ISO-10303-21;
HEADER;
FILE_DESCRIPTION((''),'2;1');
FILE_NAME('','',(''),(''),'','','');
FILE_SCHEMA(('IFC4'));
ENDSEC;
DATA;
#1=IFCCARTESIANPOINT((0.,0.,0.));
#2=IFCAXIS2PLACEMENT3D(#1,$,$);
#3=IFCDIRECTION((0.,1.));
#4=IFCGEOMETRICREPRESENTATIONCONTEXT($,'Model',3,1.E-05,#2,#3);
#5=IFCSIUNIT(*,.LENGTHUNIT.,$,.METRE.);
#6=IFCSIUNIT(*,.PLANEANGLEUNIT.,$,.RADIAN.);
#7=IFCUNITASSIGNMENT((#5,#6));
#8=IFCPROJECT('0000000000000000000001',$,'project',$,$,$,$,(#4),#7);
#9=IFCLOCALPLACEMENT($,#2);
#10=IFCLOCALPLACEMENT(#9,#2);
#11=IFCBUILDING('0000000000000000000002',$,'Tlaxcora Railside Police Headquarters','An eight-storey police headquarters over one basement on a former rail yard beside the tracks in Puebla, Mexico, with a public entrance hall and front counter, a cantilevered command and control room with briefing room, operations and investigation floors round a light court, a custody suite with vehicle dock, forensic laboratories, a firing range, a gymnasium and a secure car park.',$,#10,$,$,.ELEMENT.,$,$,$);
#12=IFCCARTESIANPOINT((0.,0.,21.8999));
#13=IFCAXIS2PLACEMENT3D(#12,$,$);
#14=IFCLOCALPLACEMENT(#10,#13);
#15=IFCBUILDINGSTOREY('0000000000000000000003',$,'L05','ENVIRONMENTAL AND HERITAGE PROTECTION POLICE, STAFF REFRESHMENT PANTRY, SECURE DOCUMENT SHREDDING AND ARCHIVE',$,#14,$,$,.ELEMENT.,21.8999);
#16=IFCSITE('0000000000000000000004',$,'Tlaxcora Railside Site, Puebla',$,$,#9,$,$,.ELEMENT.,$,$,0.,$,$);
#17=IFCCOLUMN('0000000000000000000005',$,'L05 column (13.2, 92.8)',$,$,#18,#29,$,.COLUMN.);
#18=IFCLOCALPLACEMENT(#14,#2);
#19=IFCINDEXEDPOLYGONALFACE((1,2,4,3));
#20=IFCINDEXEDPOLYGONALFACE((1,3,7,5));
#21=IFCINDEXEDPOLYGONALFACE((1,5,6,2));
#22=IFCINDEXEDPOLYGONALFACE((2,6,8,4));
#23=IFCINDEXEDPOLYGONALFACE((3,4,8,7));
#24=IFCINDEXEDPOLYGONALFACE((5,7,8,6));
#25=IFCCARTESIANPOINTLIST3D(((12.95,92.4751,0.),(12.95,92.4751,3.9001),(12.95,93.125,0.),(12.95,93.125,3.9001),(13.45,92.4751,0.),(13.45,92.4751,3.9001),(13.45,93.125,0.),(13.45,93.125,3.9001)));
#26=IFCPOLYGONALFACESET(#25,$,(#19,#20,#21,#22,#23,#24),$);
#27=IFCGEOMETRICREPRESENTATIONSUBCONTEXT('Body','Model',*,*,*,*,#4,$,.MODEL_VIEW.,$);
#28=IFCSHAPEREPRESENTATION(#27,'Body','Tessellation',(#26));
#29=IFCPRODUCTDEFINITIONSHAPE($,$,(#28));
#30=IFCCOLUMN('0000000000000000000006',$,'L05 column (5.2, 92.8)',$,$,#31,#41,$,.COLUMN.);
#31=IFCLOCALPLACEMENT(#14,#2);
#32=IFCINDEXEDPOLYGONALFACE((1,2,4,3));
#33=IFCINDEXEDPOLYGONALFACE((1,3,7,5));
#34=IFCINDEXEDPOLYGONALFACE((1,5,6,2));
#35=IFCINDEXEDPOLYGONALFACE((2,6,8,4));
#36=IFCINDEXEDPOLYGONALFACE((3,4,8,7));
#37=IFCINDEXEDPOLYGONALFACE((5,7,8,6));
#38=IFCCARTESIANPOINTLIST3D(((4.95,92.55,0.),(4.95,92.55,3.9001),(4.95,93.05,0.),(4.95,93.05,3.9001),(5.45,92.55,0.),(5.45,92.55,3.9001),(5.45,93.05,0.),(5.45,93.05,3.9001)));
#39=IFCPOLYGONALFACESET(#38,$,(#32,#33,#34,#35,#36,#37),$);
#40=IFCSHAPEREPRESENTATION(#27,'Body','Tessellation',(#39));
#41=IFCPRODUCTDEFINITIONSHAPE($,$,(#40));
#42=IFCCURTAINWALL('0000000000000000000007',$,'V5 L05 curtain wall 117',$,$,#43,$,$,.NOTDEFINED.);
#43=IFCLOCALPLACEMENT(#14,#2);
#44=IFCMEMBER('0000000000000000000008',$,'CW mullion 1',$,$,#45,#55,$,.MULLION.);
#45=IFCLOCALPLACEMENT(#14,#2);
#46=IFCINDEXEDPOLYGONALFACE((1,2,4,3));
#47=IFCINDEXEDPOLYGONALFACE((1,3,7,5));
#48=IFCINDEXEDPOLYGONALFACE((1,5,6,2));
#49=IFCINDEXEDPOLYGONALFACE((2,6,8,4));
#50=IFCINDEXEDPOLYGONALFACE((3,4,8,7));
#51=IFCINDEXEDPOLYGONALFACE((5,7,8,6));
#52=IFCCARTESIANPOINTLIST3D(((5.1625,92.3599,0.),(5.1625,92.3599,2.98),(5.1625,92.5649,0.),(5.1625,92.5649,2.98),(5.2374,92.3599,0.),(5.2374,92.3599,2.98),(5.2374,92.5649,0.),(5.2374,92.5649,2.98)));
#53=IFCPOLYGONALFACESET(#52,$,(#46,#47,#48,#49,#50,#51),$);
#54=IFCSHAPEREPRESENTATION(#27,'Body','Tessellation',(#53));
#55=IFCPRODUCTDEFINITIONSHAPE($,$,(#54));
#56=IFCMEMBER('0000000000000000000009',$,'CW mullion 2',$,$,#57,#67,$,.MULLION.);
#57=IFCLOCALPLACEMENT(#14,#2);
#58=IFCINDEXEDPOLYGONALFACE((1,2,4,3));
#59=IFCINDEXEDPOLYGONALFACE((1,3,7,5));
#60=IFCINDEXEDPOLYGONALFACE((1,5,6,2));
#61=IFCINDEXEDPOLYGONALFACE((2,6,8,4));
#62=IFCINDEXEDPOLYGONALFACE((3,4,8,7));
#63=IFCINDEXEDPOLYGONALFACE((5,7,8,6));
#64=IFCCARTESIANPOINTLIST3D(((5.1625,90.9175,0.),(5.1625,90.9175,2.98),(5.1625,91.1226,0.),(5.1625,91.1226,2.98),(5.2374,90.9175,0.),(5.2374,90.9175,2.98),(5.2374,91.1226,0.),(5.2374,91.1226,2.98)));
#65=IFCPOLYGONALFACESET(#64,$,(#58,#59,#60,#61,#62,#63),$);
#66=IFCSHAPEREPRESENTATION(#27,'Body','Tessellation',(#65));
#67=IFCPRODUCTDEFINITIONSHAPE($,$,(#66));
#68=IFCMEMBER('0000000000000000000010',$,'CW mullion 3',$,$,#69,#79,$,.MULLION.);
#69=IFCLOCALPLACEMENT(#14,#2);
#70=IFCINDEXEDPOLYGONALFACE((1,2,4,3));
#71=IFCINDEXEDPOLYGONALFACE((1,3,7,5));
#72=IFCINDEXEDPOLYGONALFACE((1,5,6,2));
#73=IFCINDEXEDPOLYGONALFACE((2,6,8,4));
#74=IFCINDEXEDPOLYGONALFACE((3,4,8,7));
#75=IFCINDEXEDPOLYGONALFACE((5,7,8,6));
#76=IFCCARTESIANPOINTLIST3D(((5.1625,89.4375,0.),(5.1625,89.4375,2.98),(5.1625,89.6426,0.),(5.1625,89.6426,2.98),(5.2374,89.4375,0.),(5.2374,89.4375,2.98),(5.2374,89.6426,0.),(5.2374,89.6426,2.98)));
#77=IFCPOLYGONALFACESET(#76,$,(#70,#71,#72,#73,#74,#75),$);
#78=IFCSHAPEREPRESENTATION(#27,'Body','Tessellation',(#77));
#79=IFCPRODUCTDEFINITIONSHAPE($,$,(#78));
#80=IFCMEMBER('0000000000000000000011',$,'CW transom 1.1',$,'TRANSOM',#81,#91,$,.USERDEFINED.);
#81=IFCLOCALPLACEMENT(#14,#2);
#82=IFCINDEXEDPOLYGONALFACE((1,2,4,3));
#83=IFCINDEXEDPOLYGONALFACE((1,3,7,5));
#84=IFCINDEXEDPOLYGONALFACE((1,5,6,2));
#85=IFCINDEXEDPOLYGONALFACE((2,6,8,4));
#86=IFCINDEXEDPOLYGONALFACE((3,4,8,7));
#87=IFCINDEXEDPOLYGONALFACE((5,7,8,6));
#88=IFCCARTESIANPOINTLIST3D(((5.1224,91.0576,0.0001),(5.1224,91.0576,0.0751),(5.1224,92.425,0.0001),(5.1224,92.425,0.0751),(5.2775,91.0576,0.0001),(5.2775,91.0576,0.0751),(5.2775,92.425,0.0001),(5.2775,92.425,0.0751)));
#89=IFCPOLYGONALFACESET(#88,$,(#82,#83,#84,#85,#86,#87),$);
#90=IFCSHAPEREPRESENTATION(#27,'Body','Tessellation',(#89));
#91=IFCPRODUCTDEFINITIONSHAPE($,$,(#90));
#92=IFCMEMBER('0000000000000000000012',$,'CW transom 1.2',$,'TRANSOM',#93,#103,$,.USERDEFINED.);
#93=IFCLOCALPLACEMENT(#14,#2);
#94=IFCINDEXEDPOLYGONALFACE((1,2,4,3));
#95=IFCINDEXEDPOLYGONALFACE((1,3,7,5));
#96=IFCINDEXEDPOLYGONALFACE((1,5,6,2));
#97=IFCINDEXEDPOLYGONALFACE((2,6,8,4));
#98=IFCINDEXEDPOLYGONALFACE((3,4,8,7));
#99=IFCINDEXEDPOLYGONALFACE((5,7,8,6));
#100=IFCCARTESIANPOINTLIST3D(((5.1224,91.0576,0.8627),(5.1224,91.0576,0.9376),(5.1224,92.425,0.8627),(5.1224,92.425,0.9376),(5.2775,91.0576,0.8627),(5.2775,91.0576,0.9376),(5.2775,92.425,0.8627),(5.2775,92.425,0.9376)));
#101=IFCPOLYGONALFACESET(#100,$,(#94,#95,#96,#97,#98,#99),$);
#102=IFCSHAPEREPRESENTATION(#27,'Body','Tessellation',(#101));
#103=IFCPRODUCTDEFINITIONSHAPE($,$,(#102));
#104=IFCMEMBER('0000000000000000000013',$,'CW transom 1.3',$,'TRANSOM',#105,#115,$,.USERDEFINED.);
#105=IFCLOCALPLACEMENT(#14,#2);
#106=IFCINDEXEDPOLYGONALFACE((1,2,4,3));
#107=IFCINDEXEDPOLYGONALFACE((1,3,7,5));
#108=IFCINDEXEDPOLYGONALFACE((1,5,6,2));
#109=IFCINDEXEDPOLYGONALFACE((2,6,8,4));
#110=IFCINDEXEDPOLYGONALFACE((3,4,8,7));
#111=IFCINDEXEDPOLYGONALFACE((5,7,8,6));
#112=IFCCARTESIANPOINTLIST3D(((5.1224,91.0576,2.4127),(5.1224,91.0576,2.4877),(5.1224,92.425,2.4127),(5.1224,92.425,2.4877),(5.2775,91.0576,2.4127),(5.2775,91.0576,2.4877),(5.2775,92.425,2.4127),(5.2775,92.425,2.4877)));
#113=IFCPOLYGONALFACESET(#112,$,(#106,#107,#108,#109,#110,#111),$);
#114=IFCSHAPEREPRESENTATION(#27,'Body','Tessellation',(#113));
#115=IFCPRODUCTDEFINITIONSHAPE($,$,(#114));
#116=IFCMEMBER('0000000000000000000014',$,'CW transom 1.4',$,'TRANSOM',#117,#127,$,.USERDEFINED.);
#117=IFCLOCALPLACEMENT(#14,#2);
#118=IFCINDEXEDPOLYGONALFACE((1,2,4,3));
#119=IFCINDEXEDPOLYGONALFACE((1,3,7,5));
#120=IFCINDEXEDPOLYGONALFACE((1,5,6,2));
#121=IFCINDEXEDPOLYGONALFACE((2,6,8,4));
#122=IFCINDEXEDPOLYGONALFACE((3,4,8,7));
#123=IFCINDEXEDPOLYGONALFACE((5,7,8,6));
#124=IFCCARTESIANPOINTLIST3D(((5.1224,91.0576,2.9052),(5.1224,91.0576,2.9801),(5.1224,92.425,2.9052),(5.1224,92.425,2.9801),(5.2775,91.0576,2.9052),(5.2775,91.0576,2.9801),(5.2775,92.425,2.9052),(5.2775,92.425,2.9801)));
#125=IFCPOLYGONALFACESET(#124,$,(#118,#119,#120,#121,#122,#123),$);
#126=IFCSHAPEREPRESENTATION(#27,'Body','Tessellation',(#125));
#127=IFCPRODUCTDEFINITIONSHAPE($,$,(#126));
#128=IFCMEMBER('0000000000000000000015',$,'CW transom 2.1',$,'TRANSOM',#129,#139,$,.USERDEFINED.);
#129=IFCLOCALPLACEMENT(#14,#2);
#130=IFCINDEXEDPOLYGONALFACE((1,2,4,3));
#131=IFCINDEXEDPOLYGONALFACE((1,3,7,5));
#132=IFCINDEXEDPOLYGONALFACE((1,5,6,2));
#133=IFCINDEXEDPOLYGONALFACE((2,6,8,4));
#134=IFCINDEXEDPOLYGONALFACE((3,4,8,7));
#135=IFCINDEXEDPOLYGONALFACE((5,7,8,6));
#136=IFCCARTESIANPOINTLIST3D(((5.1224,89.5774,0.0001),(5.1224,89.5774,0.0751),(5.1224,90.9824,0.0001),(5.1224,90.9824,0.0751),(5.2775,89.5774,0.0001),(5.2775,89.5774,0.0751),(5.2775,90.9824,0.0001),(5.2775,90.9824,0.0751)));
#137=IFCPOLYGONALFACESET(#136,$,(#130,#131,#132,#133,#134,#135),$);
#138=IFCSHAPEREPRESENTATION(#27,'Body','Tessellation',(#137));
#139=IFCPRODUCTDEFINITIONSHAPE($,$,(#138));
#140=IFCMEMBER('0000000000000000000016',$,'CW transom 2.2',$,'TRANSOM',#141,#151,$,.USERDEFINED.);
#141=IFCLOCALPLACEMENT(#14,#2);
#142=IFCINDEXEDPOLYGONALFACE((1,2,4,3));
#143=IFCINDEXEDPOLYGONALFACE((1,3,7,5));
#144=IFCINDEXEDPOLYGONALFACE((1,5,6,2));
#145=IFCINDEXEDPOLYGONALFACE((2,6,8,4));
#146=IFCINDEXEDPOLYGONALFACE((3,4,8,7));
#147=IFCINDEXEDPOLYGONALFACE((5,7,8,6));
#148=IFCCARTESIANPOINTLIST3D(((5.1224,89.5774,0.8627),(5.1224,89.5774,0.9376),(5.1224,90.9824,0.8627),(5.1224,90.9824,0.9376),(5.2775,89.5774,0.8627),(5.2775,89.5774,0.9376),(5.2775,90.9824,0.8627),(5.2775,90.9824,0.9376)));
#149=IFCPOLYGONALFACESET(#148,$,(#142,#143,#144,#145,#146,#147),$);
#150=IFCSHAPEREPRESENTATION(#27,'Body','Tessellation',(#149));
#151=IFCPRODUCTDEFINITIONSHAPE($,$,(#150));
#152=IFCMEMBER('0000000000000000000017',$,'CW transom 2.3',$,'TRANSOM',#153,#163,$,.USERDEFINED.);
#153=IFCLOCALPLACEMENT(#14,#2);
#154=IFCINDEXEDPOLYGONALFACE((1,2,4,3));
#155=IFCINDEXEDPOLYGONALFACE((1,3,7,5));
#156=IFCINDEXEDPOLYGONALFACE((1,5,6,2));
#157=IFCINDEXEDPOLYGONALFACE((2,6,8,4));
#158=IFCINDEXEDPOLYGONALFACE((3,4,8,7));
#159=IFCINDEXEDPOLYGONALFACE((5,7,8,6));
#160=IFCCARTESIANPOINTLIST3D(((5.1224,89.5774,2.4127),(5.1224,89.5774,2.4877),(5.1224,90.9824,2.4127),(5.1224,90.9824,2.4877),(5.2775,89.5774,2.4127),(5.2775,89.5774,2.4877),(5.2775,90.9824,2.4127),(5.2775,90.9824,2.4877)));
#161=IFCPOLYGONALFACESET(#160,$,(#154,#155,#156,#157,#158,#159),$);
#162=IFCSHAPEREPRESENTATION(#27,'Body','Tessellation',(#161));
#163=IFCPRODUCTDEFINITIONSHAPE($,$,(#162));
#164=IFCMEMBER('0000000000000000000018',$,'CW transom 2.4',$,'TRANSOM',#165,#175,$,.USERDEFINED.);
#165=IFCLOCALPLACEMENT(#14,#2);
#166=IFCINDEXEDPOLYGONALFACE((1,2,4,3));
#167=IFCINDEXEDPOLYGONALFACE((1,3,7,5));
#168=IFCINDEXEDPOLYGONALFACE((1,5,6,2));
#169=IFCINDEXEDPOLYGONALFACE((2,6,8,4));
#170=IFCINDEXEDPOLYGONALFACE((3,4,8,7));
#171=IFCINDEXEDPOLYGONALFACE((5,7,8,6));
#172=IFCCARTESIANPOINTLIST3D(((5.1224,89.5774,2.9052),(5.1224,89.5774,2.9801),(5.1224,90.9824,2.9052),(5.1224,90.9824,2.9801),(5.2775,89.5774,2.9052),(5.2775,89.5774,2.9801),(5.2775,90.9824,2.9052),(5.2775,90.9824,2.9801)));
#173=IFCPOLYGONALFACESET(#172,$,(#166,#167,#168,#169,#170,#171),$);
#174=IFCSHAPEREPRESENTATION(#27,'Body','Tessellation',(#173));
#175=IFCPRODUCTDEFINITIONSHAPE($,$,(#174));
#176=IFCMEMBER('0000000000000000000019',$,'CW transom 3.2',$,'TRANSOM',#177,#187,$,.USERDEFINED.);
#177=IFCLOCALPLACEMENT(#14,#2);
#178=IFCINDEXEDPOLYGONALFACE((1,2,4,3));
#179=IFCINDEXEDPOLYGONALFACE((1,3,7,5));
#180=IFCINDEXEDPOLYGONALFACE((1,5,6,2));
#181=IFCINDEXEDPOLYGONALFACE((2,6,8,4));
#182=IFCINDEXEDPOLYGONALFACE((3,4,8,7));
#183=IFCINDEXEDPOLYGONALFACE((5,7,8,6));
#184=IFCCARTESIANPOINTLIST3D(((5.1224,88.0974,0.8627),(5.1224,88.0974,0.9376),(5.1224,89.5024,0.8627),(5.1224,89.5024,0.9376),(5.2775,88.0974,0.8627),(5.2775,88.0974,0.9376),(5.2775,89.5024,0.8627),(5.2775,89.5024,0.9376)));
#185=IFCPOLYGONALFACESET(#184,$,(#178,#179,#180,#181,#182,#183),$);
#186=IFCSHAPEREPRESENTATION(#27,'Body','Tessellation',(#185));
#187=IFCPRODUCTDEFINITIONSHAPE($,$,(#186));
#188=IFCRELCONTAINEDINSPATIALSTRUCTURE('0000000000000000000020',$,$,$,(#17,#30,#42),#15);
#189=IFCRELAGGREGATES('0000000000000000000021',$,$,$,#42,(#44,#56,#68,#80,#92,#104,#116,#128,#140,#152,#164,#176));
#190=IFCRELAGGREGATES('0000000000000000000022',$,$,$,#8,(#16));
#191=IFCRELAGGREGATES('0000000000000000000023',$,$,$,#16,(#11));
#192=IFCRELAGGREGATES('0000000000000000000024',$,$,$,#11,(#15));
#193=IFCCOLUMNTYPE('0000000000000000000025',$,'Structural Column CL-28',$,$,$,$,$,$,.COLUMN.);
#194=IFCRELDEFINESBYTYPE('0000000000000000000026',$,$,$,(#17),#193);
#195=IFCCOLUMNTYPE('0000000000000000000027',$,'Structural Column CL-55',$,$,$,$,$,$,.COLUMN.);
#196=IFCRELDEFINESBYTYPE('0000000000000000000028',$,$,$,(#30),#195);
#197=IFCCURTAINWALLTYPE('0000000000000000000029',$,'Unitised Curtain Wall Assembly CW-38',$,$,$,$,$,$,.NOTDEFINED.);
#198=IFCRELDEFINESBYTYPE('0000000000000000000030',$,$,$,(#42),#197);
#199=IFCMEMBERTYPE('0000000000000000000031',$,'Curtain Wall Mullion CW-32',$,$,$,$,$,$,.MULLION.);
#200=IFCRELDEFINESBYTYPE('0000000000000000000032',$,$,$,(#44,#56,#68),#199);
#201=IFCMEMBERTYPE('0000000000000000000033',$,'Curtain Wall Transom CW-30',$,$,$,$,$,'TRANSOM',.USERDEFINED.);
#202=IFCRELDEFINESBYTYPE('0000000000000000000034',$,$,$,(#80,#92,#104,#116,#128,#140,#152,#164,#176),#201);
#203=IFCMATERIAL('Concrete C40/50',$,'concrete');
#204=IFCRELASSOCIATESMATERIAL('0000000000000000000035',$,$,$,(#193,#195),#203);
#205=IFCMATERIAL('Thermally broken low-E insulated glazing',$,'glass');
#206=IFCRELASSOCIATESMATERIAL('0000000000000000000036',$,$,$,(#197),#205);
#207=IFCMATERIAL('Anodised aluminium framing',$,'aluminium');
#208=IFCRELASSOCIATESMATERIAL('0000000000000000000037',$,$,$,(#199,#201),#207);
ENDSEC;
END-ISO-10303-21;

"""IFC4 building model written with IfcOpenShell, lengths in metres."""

from ifc_helpers import new_model, si_unit, direction, frame, origin, origin_2d, place, context, subcontext, project, spatial, rectangle, extrude, material, material_profile, profile_set, type_object, element, aggregate, save


model = new_model("IFC4")

# Units and contexts
model_context = context("Model", 3, precision=1e-05, world=origin(), true_north=direction((0.0, 1.0)))
body_context = subcontext(model_context, "Body", "Model", "MODEL_VIEW")
ifc_project = project(units=[si_unit("LENGTHUNIT", "METRE"), si_unit("PLANEANGLEUNIT", "RADIAN")], contexts=[model_context])

# Site, building, storey
site_placement = place(None, origin())
site = spatial("IfcSite", under=ifc_project, at=site_placement, Name="Tlaxcora Railside Site, Puebla", CompositionType="ELEMENT", RefElevation=0.0)
building_placement = place(site_placement, origin())
building = spatial("IfcBuilding", under=site, at=building_placement, Name="Tlaxcora Railside Police Headquarters", Description="An eight-storey police headquarters over one basement on a former rail yard beside the tracks in Puebla, Mexico, with a public entrance hall and front counter, a cantilevered command and control room with briefing room, operations and investigation floors round a light court, a custody suite with vehicle dock, forensic laboratories, a firing range, a gymnasium and a secure car park.", CompositionType="ELEMENT")
storey_placement = place(building_placement, frame((0.0, 0.0, 21.8999)))
storey = spatial("IfcBuildingStorey", under=building, at=storey_placement, Name="L05", Description="ENVIRONMENTAL AND HERITAGE PROTECTION POLICE, STAFF REFRESHMENT PANTRY, SECURE DOCUMENT SHREDDING AND ARCHIVE", CompositionType="ELEMENT", Elevation=21.8999)

# Columns
ifc_material_1 = material(Name="Concrete C40/50", Category="concrete")
ifc_material_profile_1 = material_profile(ifc_material_1, rectangle(XDim=0.5, YDim=0.6499, at=origin_2d()), Name="RC500X650")
ifc_profile_set_1 = profile_set([ifc_material_profile_1], Name="Concrete C40/50")
column_type_1 = type_object("IfcColumnType", Name="Structural Column CL-28", PredefinedType="COLUMN", material=ifc_profile_set_1)
column_1_placement = place(storey_placement, frame((13.2, 92.8, 0.0), z_axis=(0.0, 0.0, 1.0), x_axis=(1.0, 0.0, 0.0)))
element("IfcColumn", 1, at=column_1_placement, inside=storey, type_object=column_type_1, Name="L05 column (13.2, 92.8)", PredefinedType="COLUMN", context=body_context, shape_type="SweptSolid", body=[
    extrude(rectangle(XDim=0.5, YDim=0.6499, at=origin_2d()), origin(), (0.0, 0.0, 1.0), 3.9001),
])
ifc_material_profile_2 = material_profile(ifc_material_1, rectangle(XDim=0.5, YDim=0.5, at=origin_2d()), Name="RC500X500")
ifc_profile_set_2 = profile_set([ifc_material_profile_2], Name="Concrete C40/50")
column_type_2 = type_object("IfcColumnType", Name="Structural Column CL-55", PredefinedType="COLUMN", material=ifc_profile_set_2)
column_2_placement = place(storey_placement, frame((5.2, 92.8, 0.0), z_axis=(0.0, 0.0, 1.0), x_axis=(1.0, 0.0, 0.0)))
element("IfcColumn", 2, at=column_2_placement, inside=storey, type_object=column_type_2, Name="L05 column (5.2, 92.8)", PredefinedType="COLUMN", context=body_context, shape_type="SweptSolid", body=[
    extrude(rectangle(XDim=0.5, YDim=0.5, at=origin_2d()), origin(), (0.0, 0.0, 1.0), 3.9001),
])

# Curtain wall, members
ifc_material_2 = material(Name="Thermally broken low-E insulated glazing", Category="glass")
curtain_wall_type = type_object("IfcCurtainWallType", Name="Unitised Curtain Wall Assembly CW-38", PredefinedType="NOTDEFINED", material=ifc_material_2)
curtain_wall_placement = place(storey_placement, origin())
curtain_wall = element("IfcCurtainWall", 3, at=curtain_wall_placement, inside=storey, type_object=curtain_wall_type, Name="V5 L05 curtain wall 117", PredefinedType="NOTDEFINED")
ifc_material_3 = material(Name="Anodised aluminium framing", Category="aluminium")
ifc_material_profile_3 = material_profile(ifc_material_3, rectangle(XDim=0.075, YDim=0.2051, at=origin_2d()), Name="AL75X205")
ifc_profile_set_3 = profile_set([ifc_material_profile_3], Name="Anodised aluminium framing")
member_type_1 = type_object("IfcMemberType", Name="Curtain Wall Mullion CW-32", PredefinedType="MULLION", material=ifc_profile_set_3)
member_1_placement = place(storey_placement, frame((5.2, 92.4624, 0.0), z_axis=(0.0, 0.0, 1.0), x_axis=(1.0, 0.0, 0.0)))
member_1 = element("IfcMember", 4, at=member_1_placement, type_object=member_type_1, Name="CW mullion 1", PredefinedType="MULLION", context=body_context, shape_type="SweptSolid", body=[
    extrude(rectangle(XDim=0.075, YDim=0.2051, at=origin_2d()), origin(), (0.0, 0.0, 1.0), 2.98),
])
member_2_placement = place(storey_placement, frame((5.2, 91.02, 0.0), z_axis=(0.0, 0.0, 1.0), x_axis=(1.0, 0.0, 0.0)))
member_2 = element("IfcMember", 5, at=member_2_placement, type_object=member_type_1, Name="CW mullion 2", PredefinedType="MULLION", context=body_context, shape_type="SweptSolid", body=[
    extrude(rectangle(XDim=0.075, YDim=0.2051, at=origin_2d()), origin(), (0.0, 0.0, 1.0), 2.98),
])
member_3_placement = place(storey_placement, frame((5.2, 89.54, 0.0), z_axis=(0.0, 0.0, 1.0), x_axis=(1.0, 0.0, 0.0)))
member_3 = element("IfcMember", 6, at=member_3_placement, type_object=member_type_1, Name="CW mullion 3", PredefinedType="MULLION", context=body_context, shape_type="SweptSolid", body=[
    extrude(rectangle(XDim=0.075, YDim=0.2051, at=origin_2d()), origin(), (0.0, 0.0, 1.0), 2.98),
])
ifc_material_profile_4 = material_profile(ifc_material_3, rectangle(XDim=0.155, YDim=0.075, at=origin_2d()), Name="AL75X155")
ifc_profile_set_4 = profile_set([ifc_material_profile_4], Name="Anodised aluminium framing")
member_type_2 = type_object("IfcMemberType", Name="Curtain Wall Transom CW-30", ElementType="TRANSOM", PredefinedType="USERDEFINED", material=ifc_profile_set_4)
member_4_placement = place(storey_placement, frame((5.2, 92.425, 0.0376), z_axis=(0.0, -1.0, 0.0), x_axis=(1.0, 0.0, 0.0)))
member_4 = element("IfcMember", 7, at=member_4_placement, type_object=member_type_2, Name="CW transom 1.1", ObjectType="TRANSOM", PredefinedType="USERDEFINED", context=body_context, shape_type="SweptSolid", body=[
    extrude(rectangle(XDim=0.155, YDim=0.075, at=origin_2d()), origin(), (0.0, 0.0, 1.0), 1.3674),
])
member_5_placement = place(storey_placement, frame((5.2, 92.425, 0.9001), z_axis=(0.0, -1.0, 0.0), x_axis=(1.0, 0.0, 0.0)))
member_5 = element("IfcMember", 8, at=member_5_placement, type_object=member_type_2, Name="CW transom 1.2", ObjectType="TRANSOM", PredefinedType="USERDEFINED", context=body_context, shape_type="SweptSolid", body=[
    extrude(rectangle(XDim=0.155, YDim=0.075, at=origin_2d()), origin(), (0.0, 0.0, 1.0), 1.3674),
])
member_6_placement = place(storey_placement, frame((5.2, 92.425, 2.4502), z_axis=(0.0, -1.0, 0.0), x_axis=(1.0, 0.0, 0.0)))
member_6 = element("IfcMember", 9, at=member_6_placement, type_object=member_type_2, Name="CW transom 1.3", ObjectType="TRANSOM", PredefinedType="USERDEFINED", context=body_context, shape_type="SweptSolid", body=[
    extrude(rectangle(XDim=0.155, YDim=0.075, at=origin_2d()), origin(), (0.0, 0.0, 1.0), 1.3674),
])
member_7_placement = place(storey_placement, frame((5.2, 92.425, 2.9426), z_axis=(0.0, -1.0, 0.0), x_axis=(1.0, 0.0, 0.0)))
member_7 = element("IfcMember", 10, at=member_7_placement, type_object=member_type_2, Name="CW transom 1.4", ObjectType="TRANSOM", PredefinedType="USERDEFINED", context=body_context, shape_type="SweptSolid", body=[
    extrude(rectangle(XDim=0.155, YDim=0.075, at=origin_2d()), origin(), (0.0, 0.0, 1.0), 1.3674),
])
member_8_placement = place(storey_placement, frame((5.2, 90.9824, 0.0376), z_axis=(0.0, -1.0, 0.0), x_axis=(1.0, 0.0, 0.0)))
member_8 = element("IfcMember", 11, at=member_8_placement, type_object=member_type_2, Name="CW transom 2.1", ObjectType="TRANSOM", PredefinedType="USERDEFINED", context=body_context, shape_type="SweptSolid", body=[
    extrude(rectangle(XDim=0.155, YDim=0.075, at=origin_2d()), origin(), (0.0, 0.0, 1.0), 1.405),
])
member_9_placement = place(storey_placement, frame((5.2, 90.9824, 0.9001), z_axis=(0.0, -1.0, 0.0), x_axis=(1.0, 0.0, 0.0)))
member_9 = element("IfcMember", 12, at=member_9_placement, type_object=member_type_2, Name="CW transom 2.2", ObjectType="TRANSOM", PredefinedType="USERDEFINED", context=body_context, shape_type="SweptSolid", body=[
    extrude(rectangle(XDim=0.155, YDim=0.075, at=origin_2d()), origin(), (0.0, 0.0, 1.0), 1.405),
])
member_10_placement = place(storey_placement, frame((5.2, 90.9824, 2.4502), z_axis=(0.0, -1.0, 0.0), x_axis=(1.0, 0.0, 0.0)))
member_10 = element("IfcMember", 13, at=member_10_placement, type_object=member_type_2, Name="CW transom 2.3", ObjectType="TRANSOM", PredefinedType="USERDEFINED", context=body_context, shape_type="SweptSolid", body=[
    extrude(rectangle(XDim=0.155, YDim=0.075, at=origin_2d()), origin(), (0.0, 0.0, 1.0), 1.405),
])
member_11_placement = place(storey_placement, frame((5.2, 90.9824, 2.9426), z_axis=(0.0, -1.0, 0.0), x_axis=(1.0, 0.0, 0.0)))
member_11 = element("IfcMember", 14, at=member_11_placement, type_object=member_type_2, Name="CW transom 2.4", ObjectType="TRANSOM", PredefinedType="USERDEFINED", context=body_context, shape_type="SweptSolid", body=[
    extrude(rectangle(XDim=0.155, YDim=0.075, at=origin_2d()), origin(), (0.0, 0.0, 1.0), 1.405),
])
member_12_placement = place(storey_placement, frame((5.2, 89.5024, 0.9001), z_axis=(0.0, -1.0, 0.0), x_axis=(1.0, 0.0, 0.0)))
member_12 = element("IfcMember", 15, at=member_12_placement, type_object=member_type_2, Name="CW transom 3.2", ObjectType="TRANSOM", PredefinedType="USERDEFINED", context=body_context, shape_type="SweptSolid", body=[
    extrude(rectangle(XDim=0.155, YDim=0.075, at=origin_2d()), origin(), (0.0, 0.0, 1.0), 1.405),
])

aggregate(curtain_wall, [member_1, member_2, member_3, member_4, member_5, member_6, member_7, member_8, member_9, member_10, member_11, member_12])

save(model, "model.ifc")
